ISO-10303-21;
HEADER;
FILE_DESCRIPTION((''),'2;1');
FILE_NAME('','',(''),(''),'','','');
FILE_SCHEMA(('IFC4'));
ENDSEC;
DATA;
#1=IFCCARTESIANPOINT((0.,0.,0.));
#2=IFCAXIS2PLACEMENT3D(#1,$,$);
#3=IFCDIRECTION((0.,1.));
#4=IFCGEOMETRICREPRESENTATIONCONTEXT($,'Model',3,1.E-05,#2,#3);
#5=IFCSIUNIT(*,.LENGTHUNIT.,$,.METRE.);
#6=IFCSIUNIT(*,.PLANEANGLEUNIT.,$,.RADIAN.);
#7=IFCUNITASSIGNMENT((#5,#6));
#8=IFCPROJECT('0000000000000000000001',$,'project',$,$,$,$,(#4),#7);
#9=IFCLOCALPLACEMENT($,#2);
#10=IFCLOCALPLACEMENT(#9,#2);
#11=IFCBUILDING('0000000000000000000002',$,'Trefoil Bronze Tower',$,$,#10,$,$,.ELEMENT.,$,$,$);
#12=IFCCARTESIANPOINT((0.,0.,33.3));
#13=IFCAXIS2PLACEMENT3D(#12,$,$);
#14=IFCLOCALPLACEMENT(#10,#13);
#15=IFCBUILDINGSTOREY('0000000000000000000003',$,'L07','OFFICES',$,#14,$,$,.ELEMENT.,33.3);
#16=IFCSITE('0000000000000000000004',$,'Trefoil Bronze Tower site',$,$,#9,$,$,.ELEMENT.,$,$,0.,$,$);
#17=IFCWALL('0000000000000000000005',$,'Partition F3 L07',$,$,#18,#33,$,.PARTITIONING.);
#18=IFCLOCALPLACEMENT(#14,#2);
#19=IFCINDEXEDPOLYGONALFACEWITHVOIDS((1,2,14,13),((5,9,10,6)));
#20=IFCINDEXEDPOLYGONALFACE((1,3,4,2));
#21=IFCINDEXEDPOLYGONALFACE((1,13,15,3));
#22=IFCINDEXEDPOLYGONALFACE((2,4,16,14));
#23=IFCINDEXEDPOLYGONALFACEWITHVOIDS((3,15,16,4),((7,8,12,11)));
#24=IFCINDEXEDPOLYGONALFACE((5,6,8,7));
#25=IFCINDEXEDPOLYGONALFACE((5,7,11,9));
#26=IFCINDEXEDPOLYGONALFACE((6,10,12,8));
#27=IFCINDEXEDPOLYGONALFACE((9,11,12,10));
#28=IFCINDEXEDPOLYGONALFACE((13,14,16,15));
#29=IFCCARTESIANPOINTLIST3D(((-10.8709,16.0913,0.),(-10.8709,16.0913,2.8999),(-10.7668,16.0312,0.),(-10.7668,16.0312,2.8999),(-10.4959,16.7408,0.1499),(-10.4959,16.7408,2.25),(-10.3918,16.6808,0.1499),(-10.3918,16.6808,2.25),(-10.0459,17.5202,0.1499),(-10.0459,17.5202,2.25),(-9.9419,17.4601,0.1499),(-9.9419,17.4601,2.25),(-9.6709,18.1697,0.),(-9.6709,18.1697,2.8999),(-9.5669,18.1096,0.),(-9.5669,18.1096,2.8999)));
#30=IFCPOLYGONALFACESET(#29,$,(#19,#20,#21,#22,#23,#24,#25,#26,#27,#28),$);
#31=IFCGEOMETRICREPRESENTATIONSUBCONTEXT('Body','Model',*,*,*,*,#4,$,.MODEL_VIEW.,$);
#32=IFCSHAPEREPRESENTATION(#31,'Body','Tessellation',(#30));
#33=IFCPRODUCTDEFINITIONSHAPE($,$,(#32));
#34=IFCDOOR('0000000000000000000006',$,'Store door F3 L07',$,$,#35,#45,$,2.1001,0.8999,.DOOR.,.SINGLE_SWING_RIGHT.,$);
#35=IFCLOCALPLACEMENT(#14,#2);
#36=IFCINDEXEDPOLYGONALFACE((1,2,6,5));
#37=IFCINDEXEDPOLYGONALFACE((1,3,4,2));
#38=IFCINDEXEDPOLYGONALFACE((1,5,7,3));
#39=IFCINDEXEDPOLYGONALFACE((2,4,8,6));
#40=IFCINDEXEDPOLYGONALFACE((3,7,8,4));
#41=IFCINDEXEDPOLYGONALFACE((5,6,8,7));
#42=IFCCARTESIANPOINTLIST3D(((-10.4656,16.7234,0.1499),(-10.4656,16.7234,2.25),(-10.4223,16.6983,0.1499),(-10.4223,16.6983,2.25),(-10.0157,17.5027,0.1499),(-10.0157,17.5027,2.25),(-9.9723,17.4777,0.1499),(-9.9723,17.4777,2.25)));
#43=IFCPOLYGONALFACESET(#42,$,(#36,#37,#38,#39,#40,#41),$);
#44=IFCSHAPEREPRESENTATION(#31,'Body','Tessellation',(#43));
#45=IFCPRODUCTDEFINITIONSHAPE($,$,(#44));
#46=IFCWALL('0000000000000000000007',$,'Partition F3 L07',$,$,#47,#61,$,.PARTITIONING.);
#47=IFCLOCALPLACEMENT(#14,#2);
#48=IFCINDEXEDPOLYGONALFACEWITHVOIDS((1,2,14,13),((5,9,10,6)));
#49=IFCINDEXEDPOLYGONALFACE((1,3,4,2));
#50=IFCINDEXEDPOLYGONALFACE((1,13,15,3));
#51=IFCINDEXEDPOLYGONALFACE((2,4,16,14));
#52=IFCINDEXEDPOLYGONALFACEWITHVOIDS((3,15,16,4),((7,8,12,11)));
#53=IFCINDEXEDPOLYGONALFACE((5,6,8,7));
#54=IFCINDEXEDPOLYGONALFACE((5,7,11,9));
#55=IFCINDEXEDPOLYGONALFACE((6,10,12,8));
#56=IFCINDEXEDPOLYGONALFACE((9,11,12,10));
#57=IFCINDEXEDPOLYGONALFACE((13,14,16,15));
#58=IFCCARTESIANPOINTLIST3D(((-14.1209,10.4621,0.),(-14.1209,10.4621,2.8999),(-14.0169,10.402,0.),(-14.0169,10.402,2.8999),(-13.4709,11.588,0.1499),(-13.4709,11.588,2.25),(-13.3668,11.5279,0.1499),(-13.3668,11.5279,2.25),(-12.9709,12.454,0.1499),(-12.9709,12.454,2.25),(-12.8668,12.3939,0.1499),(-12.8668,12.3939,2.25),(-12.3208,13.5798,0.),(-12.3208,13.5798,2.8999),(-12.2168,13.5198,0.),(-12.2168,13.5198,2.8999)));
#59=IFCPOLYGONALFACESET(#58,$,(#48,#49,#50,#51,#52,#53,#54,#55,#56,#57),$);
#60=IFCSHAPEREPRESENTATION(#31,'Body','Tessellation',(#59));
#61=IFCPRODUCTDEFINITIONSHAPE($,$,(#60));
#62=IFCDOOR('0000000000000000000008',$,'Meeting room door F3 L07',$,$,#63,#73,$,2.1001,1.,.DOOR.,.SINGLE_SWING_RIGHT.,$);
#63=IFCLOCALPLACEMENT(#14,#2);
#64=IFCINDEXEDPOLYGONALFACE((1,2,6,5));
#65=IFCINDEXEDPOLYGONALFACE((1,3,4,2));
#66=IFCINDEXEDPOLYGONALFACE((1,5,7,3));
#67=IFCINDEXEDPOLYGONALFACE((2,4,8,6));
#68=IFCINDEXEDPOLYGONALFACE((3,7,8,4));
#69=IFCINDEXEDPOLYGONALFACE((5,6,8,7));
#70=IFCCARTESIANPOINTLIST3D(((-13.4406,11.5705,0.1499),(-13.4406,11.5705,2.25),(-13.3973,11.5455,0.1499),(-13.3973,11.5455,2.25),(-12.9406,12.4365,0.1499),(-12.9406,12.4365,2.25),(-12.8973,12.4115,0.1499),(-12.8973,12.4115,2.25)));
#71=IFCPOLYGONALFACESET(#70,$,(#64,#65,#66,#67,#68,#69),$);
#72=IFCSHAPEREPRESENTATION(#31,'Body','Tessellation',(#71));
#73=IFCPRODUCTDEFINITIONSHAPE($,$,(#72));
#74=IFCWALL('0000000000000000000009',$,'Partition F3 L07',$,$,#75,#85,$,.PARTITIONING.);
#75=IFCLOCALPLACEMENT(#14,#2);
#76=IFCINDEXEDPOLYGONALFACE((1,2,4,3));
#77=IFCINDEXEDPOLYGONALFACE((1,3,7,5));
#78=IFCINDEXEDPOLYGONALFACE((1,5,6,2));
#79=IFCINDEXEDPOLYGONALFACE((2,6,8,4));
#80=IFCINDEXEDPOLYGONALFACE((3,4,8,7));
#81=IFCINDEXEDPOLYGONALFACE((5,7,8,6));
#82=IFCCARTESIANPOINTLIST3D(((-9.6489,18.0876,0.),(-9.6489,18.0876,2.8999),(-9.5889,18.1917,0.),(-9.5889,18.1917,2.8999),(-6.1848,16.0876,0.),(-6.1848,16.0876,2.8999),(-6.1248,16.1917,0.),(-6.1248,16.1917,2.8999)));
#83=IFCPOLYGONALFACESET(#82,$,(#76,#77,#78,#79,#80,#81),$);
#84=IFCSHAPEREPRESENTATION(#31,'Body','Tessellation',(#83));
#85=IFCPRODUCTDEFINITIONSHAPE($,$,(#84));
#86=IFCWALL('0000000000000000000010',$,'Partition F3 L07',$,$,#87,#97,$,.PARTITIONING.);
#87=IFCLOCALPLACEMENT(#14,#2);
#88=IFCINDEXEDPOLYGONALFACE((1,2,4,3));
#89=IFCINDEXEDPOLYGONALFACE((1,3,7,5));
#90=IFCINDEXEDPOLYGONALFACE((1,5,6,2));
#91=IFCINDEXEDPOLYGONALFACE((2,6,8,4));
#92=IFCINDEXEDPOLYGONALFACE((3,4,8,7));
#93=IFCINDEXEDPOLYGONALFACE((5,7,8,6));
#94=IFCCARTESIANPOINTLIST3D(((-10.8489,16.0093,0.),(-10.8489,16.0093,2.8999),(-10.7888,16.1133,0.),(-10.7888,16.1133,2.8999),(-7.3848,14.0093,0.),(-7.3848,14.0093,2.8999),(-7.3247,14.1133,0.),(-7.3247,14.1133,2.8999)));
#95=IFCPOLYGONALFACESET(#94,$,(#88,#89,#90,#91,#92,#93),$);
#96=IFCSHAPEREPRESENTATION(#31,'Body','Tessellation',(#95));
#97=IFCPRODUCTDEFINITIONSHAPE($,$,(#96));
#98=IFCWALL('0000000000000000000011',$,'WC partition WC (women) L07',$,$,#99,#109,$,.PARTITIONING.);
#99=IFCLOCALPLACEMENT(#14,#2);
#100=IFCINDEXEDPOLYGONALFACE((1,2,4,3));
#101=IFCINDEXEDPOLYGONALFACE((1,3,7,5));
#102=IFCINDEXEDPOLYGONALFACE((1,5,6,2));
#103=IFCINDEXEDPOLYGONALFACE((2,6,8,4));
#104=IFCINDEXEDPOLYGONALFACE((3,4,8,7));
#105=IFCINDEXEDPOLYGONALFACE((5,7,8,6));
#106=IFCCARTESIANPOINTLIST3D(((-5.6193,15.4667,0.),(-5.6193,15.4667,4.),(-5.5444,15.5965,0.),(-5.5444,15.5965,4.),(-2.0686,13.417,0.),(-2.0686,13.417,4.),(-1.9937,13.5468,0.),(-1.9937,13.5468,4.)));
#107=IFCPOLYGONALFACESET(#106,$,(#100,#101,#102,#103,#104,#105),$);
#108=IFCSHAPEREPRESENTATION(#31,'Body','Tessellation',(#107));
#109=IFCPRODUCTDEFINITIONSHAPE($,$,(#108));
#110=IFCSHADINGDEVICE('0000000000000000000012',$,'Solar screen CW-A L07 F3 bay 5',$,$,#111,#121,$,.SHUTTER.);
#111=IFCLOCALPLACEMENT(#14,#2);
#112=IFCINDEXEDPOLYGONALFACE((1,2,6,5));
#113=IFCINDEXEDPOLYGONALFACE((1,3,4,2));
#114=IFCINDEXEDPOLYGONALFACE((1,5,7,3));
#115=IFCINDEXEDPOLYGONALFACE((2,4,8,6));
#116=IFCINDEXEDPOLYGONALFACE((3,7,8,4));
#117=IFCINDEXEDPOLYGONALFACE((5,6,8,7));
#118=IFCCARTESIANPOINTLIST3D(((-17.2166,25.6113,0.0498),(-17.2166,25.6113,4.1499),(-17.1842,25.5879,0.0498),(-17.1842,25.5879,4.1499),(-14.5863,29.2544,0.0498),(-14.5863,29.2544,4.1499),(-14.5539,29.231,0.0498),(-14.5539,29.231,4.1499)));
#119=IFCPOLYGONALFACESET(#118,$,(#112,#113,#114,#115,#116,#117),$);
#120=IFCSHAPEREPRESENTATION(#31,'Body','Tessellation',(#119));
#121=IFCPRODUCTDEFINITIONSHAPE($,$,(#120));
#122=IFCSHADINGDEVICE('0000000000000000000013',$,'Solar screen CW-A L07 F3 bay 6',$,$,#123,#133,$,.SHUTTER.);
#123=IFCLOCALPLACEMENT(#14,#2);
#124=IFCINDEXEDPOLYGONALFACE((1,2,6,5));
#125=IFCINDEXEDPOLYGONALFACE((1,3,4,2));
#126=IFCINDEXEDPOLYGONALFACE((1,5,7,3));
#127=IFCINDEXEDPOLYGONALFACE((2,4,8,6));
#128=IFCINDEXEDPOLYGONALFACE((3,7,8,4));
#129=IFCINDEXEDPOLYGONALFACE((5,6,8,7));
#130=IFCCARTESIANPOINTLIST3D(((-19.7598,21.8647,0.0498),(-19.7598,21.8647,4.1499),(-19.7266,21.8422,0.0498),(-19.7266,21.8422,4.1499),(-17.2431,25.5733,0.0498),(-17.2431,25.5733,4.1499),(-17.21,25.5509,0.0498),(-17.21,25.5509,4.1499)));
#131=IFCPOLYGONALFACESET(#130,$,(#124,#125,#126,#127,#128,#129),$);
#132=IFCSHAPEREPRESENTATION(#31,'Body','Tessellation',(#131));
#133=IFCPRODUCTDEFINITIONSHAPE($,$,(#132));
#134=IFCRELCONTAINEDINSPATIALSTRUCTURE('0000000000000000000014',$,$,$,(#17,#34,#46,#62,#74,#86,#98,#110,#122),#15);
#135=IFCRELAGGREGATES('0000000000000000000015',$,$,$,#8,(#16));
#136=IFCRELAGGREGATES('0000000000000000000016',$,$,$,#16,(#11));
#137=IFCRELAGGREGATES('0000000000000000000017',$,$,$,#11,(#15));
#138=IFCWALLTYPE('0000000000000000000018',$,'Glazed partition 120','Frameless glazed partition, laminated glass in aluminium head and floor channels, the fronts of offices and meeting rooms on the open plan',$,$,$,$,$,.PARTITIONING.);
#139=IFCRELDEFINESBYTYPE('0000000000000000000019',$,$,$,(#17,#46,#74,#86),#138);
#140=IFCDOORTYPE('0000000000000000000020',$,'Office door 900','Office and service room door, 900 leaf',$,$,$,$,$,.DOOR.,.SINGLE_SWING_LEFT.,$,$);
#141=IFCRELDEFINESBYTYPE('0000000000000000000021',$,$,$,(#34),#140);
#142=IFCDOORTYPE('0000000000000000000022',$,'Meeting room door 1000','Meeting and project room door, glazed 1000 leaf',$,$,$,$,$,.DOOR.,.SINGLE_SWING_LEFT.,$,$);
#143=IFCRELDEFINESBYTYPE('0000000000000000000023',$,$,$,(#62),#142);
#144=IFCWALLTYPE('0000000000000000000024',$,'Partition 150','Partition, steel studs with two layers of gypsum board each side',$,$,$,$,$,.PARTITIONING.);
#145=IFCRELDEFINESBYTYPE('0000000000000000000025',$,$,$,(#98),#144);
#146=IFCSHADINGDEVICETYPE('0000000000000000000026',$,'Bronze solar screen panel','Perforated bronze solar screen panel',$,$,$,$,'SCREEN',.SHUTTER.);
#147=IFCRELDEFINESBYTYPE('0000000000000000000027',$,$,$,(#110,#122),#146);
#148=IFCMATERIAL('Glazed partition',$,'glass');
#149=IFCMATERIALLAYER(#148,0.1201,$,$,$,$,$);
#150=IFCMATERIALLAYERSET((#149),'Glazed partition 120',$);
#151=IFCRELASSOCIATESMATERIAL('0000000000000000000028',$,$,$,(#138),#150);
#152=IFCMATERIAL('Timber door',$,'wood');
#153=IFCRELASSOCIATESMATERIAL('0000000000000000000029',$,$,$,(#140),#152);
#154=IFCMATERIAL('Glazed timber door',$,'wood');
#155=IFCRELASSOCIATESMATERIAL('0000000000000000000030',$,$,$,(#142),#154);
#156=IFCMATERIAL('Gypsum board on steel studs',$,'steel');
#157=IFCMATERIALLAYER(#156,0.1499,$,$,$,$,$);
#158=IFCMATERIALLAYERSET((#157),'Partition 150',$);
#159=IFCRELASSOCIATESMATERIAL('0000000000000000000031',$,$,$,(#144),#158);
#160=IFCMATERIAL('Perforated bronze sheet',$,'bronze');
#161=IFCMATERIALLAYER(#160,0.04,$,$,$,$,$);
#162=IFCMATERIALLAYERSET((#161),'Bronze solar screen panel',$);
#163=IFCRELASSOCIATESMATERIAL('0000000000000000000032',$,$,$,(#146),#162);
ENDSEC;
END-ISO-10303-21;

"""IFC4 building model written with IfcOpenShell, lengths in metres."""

from ifc_helpers import new_model, si_unit, direction, frame, frame_2d, origin, origin_2d, place, context, subcontext, project, spatial, rectangle, extrude, material, layer, layer_set, type_object, element, fill, save


model = new_model("IFC4")

# Units and contexts
model_context = context("Model", 3, precision=1e-05, world=origin(), true_north=direction((0.0, 1.0)))
body_context = subcontext(model_context, "Body", "Model", "MODEL_VIEW")
ifc_project = project(units=[si_unit("LENGTHUNIT", "METRE"), si_unit("PLANEANGLEUNIT", "RADIAN")], contexts=[model_context])

# Site, building, storey
site_placement = place(None, origin())
site = spatial("IfcSite", under=ifc_project, at=site_placement, Name="Trefoil Bronze Tower site", CompositionType="ELEMENT", RefElevation=0.0)
building_placement = place(site_placement, origin())
building = spatial("IfcBuilding", under=site, at=building_placement, Name="Trefoil Bronze Tower", CompositionType="ELEMENT")
storey_placement = place(building_placement, frame((0.0, 0.0, 33.3)))
storey = spatial("IfcBuildingStorey", under=building, at=storey_placement, Name="L07", Description="OFFICES", CompositionType="ELEMENT", Elevation=33.3)

# Walls, openings, doors
ifc_material_1 = material(Name="Glazed partition", Category="glass")
ifc_layer_1 = layer(ifc_material_1, 0.1201)
ifc_layer_set_1 = layer_set([ifc_layer_1], Name="Glazed partition 120")
wall_type_1 = type_object("IfcWallType", Name="Glazed partition 120", Description="Frameless glazed partition, laminated glass in aluminium head and floor channels, the fronts of offices and meeting rooms on the open plan", PredefinedType="PARTITIONING", material=ifc_layer_set_1)
wall_1_placement = place(storey_placement, frame((-9.6189, 18.1396, 0.0), z_axis=(0.0, 0.0, 1.0), x_axis=(-0.500001, -0.866025, 0.0)))
wall_1 = element("IfcWall", 1, at=wall_1_placement, inside=storey, type_object=wall_type_1, Name="Partition F3 L07", PredefinedType="PARTITIONING", context=body_context, shape_type="SweptSolid", body=[
    extrude(rectangle(XDim=2.3999, YDim=0.1201, at=frame_2d((1.2, 0.0))), origin(), (0.0, 0.0, 1.0), 2.8999),
])
opening_1_placement = place(wall_1_placement, frame((0.75, 0.0, 0.1499)))
opening_1 = element("IfcOpeningElement", 2, at=opening_1_placement, cuts=wall_1, PredefinedType="OPENING", context=body_context, shape_type="SweptSolid", body=[
    extrude(rectangle(XDim=0.8999, YDim=2.1001, at=frame_2d((0.45, 1.05))), frame((0.0, 0.0701, 0.0), z_axis=(0.0, -1.0, 0.0), x_axis=(1.0, 0.0, 0.0)), (0.0, 0.0, 1.0), 0.1401),
])
ifc_material_2 = material(Name="Timber door", Category="wood")
door_type_1 = type_object("IfcDoorType", Name="Office door 900", Description="Office and service room door, 900 leaf", OperationType="SINGLE_SWING_LEFT", PredefinedType="DOOR", material=ifc_material_2)
door_1_placement = place(opening_1_placement, origin())
door_1 = element("IfcDoor", 3, at=door_1_placement, inside=storey, type_object=door_type_1, Name="Store door F3 L07", OperationType="SINGLE_SWING_RIGHT", OverallHeight=2.1001, OverallWidth=0.8999, PredefinedType="DOOR", context=body_context, shape_type="SweptSolid", body=[
    extrude(rectangle(XDim=0.8999, YDim=2.1001, at=frame_2d((0.45, 1.05))), frame((0.0, 0.0249, 0.0), z_axis=(0.0, -1.0, 0.0), x_axis=(1.0, 0.0, 0.0)), (0.0, 0.0, 1.0), 0.05),
])
fill(opening_1, door_1)
wall_2_placement = place(storey_placement, frame((-12.2688, 13.5498, 0.0), z_axis=(0.0, 0.0, 1.0), x_axis=(-0.500012, -0.866018, 0.0)))
wall_2 = element("IfcWall", 4, at=wall_2_placement, inside=storey, type_object=wall_type_1, Name="Partition F3 L07", PredefinedType="PARTITIONING", context=body_context, shape_type="SweptSolid", body=[
    extrude(rectangle(XDim=3.6001, YDim=0.1201, at=frame_2d((1.8, 0.0))), origin(), (0.0, 0.0, 1.0), 2.8999),
])
opening_2_placement = place(wall_2_placement, frame((1.3, 0.0, 0.1499)))
opening_2 = element("IfcOpeningElement", 5, at=opening_2_placement, cuts=wall_2, PredefinedType="OPENING", context=body_context, shape_type="SweptSolid", body=[
    extrude(rectangle(XDim=1.0, YDim=2.1001, at=frame_2d((0.5, 1.05))), frame((0.0, 0.0701, 0.0), z_axis=(0.0, -1.0, 0.0), x_axis=(1.0, 0.0, 0.0)), (0.0, 0.0, 1.0), 0.1401),
])
ifc_material_3 = material(Name="Glazed timber door", Category="wood")
door_type_2 = type_object("IfcDoorType", Name="Meeting room door 1000", Description="Meeting and project room door, glazed 1000 leaf", OperationType="SINGLE_SWING_LEFT", PredefinedType="DOOR", material=ifc_material_3)
door_2_placement = place(opening_2_placement, origin())
door_2 = element("IfcDoor", 6, at=door_2_placement, inside=storey, type_object=door_type_2, Name="Meeting room door F3 L07", OperationType="SINGLE_SWING_RIGHT", OverallHeight=2.1001, OverallWidth=1.0, PredefinedType="DOOR", context=body_context, shape_type="SweptSolid", body=[
    extrude(rectangle(XDim=1.0, YDim=2.1001, at=frame_2d((0.5, 1.05))), frame((0.0, 0.0249, 0.0), z_axis=(0.0, -1.0, 0.0), x_axis=(1.0, 0.0, 0.0)), (0.0, 0.0, 1.0), 0.05),
])
fill(opening_2, door_2)

# Walls
for number, where, z_axis, x_axis, name in (
    (7, (-6.1548, 16.1396, 0.0), (0.0, 0.0, 1.0), (-0.866026, 0.499999, 0.0), "Partition F3 L07"),
    (8, (-7.3547, 14.0613, 0.0), (0.0, 0.0, 1.0), (-0.866026, 0.499999, 0.0), "Partition F3 L07"),
):
    element("IfcWall", number, at=place(storey_placement, frame(where, z_axis=z_axis, x_axis=x_axis)), inside=storey, type_object=wall_type_1, Name=name, PredefinedType="PARTITIONING", context=body_context, shape_type="SweptSolid", body=[
        extrude(rectangle(XDim=4.0, YDim=0.1201, at=frame_2d((2.0, 0.0))), origin(), (0.0, 0.0, 1.0), 2.8999),
    ])
ifc_material_4 = material(Name="Gypsum board on steel studs", Category="steel")
ifc_layer_2 = layer(ifc_material_4, 0.1499)
ifc_layer_set_2 = layer_set([ifc_layer_2], Name="Partition 150")
wall_type_2 = type_object("IfcWallType", Name="Partition 150", Description="Partition, steel studs with two layers of gypsum board each side", PredefinedType="PARTITIONING", material=ifc_layer_set_2)
wall_3_placement = place(storey_placement, frame((-2.0312, 13.4819, 0.0), z_axis=(0.0, 0.0, 1.0), x_axis=(-0.866051, 0.499956, 0.0)))
element("IfcWall", 9, at=wall_3_placement, inside=storey, type_object=wall_type_2, Name="WC partition WC (women) L07", PredefinedType="PARTITIONING", context=body_context, shape_type="SweptSolid", body=[
    extrude(rectangle(XDim=4.0999, YDim=0.1499, at=frame_2d((2.0498, 0.0))), origin(), (0.0, 0.0, 1.0), 4.0),
])

# Shading devices
ifc_material_5 = material(Name="Perforated bronze sheet", Category="bronze")
ifc_layer_3 = layer(ifc_material_5, 0.04)
ifc_layer_set_3 = layer_set([ifc_layer_3], Name="Bronze solar screen panel")
shading_device_type = type_object("IfcShadingDeviceType", Name="Bronze solar screen panel", Description="Perforated bronze solar screen panel", ElementType="SCREEN", PredefinedType="SHUTTER", material=ifc_layer_set_3)
shading_device_1_placement = place(storey_placement, frame((-15.8853, 27.4211, 0.0498), z_axis=(0.0, 0.0, 1.0), x_axis=(-0.585373, -0.810764, 0.0)))
element("IfcShadingDevice", 10, at=shading_device_1_placement, inside=storey, type_object=shading_device_type, Name="Solar screen CW-A L07 F3 bay 5", PredefinedType="SHUTTER", context=body_context, shape_type="SweptSolid", body=[
    extrude(rectangle(XDim=4.4934, YDim=0.04, at=origin_2d()), origin(), (0.0, 0.0, 1.0), 4.1001),
])
shading_device_2_placement = place(storey_placement, frame((-18.4849, 23.7078, 0.0498), z_axis=(0.0, 0.0, 1.0), x_axis=(-0.56151, -0.82747, 0.0)))
element("IfcShadingDevice", 11, at=shading_device_2_placement, inside=storey, type_object=shading_device_type, Name="Solar screen CW-A L07 F3 bay 6", PredefinedType="SHUTTER", context=body_context, shape_type="SweptSolid", body=[
    extrude(rectangle(XDim=4.4819, YDim=0.04, at=origin_2d()), origin(), (0.0, 0.0, 1.0), 4.1001),
])

save(model, "model.ifc")
